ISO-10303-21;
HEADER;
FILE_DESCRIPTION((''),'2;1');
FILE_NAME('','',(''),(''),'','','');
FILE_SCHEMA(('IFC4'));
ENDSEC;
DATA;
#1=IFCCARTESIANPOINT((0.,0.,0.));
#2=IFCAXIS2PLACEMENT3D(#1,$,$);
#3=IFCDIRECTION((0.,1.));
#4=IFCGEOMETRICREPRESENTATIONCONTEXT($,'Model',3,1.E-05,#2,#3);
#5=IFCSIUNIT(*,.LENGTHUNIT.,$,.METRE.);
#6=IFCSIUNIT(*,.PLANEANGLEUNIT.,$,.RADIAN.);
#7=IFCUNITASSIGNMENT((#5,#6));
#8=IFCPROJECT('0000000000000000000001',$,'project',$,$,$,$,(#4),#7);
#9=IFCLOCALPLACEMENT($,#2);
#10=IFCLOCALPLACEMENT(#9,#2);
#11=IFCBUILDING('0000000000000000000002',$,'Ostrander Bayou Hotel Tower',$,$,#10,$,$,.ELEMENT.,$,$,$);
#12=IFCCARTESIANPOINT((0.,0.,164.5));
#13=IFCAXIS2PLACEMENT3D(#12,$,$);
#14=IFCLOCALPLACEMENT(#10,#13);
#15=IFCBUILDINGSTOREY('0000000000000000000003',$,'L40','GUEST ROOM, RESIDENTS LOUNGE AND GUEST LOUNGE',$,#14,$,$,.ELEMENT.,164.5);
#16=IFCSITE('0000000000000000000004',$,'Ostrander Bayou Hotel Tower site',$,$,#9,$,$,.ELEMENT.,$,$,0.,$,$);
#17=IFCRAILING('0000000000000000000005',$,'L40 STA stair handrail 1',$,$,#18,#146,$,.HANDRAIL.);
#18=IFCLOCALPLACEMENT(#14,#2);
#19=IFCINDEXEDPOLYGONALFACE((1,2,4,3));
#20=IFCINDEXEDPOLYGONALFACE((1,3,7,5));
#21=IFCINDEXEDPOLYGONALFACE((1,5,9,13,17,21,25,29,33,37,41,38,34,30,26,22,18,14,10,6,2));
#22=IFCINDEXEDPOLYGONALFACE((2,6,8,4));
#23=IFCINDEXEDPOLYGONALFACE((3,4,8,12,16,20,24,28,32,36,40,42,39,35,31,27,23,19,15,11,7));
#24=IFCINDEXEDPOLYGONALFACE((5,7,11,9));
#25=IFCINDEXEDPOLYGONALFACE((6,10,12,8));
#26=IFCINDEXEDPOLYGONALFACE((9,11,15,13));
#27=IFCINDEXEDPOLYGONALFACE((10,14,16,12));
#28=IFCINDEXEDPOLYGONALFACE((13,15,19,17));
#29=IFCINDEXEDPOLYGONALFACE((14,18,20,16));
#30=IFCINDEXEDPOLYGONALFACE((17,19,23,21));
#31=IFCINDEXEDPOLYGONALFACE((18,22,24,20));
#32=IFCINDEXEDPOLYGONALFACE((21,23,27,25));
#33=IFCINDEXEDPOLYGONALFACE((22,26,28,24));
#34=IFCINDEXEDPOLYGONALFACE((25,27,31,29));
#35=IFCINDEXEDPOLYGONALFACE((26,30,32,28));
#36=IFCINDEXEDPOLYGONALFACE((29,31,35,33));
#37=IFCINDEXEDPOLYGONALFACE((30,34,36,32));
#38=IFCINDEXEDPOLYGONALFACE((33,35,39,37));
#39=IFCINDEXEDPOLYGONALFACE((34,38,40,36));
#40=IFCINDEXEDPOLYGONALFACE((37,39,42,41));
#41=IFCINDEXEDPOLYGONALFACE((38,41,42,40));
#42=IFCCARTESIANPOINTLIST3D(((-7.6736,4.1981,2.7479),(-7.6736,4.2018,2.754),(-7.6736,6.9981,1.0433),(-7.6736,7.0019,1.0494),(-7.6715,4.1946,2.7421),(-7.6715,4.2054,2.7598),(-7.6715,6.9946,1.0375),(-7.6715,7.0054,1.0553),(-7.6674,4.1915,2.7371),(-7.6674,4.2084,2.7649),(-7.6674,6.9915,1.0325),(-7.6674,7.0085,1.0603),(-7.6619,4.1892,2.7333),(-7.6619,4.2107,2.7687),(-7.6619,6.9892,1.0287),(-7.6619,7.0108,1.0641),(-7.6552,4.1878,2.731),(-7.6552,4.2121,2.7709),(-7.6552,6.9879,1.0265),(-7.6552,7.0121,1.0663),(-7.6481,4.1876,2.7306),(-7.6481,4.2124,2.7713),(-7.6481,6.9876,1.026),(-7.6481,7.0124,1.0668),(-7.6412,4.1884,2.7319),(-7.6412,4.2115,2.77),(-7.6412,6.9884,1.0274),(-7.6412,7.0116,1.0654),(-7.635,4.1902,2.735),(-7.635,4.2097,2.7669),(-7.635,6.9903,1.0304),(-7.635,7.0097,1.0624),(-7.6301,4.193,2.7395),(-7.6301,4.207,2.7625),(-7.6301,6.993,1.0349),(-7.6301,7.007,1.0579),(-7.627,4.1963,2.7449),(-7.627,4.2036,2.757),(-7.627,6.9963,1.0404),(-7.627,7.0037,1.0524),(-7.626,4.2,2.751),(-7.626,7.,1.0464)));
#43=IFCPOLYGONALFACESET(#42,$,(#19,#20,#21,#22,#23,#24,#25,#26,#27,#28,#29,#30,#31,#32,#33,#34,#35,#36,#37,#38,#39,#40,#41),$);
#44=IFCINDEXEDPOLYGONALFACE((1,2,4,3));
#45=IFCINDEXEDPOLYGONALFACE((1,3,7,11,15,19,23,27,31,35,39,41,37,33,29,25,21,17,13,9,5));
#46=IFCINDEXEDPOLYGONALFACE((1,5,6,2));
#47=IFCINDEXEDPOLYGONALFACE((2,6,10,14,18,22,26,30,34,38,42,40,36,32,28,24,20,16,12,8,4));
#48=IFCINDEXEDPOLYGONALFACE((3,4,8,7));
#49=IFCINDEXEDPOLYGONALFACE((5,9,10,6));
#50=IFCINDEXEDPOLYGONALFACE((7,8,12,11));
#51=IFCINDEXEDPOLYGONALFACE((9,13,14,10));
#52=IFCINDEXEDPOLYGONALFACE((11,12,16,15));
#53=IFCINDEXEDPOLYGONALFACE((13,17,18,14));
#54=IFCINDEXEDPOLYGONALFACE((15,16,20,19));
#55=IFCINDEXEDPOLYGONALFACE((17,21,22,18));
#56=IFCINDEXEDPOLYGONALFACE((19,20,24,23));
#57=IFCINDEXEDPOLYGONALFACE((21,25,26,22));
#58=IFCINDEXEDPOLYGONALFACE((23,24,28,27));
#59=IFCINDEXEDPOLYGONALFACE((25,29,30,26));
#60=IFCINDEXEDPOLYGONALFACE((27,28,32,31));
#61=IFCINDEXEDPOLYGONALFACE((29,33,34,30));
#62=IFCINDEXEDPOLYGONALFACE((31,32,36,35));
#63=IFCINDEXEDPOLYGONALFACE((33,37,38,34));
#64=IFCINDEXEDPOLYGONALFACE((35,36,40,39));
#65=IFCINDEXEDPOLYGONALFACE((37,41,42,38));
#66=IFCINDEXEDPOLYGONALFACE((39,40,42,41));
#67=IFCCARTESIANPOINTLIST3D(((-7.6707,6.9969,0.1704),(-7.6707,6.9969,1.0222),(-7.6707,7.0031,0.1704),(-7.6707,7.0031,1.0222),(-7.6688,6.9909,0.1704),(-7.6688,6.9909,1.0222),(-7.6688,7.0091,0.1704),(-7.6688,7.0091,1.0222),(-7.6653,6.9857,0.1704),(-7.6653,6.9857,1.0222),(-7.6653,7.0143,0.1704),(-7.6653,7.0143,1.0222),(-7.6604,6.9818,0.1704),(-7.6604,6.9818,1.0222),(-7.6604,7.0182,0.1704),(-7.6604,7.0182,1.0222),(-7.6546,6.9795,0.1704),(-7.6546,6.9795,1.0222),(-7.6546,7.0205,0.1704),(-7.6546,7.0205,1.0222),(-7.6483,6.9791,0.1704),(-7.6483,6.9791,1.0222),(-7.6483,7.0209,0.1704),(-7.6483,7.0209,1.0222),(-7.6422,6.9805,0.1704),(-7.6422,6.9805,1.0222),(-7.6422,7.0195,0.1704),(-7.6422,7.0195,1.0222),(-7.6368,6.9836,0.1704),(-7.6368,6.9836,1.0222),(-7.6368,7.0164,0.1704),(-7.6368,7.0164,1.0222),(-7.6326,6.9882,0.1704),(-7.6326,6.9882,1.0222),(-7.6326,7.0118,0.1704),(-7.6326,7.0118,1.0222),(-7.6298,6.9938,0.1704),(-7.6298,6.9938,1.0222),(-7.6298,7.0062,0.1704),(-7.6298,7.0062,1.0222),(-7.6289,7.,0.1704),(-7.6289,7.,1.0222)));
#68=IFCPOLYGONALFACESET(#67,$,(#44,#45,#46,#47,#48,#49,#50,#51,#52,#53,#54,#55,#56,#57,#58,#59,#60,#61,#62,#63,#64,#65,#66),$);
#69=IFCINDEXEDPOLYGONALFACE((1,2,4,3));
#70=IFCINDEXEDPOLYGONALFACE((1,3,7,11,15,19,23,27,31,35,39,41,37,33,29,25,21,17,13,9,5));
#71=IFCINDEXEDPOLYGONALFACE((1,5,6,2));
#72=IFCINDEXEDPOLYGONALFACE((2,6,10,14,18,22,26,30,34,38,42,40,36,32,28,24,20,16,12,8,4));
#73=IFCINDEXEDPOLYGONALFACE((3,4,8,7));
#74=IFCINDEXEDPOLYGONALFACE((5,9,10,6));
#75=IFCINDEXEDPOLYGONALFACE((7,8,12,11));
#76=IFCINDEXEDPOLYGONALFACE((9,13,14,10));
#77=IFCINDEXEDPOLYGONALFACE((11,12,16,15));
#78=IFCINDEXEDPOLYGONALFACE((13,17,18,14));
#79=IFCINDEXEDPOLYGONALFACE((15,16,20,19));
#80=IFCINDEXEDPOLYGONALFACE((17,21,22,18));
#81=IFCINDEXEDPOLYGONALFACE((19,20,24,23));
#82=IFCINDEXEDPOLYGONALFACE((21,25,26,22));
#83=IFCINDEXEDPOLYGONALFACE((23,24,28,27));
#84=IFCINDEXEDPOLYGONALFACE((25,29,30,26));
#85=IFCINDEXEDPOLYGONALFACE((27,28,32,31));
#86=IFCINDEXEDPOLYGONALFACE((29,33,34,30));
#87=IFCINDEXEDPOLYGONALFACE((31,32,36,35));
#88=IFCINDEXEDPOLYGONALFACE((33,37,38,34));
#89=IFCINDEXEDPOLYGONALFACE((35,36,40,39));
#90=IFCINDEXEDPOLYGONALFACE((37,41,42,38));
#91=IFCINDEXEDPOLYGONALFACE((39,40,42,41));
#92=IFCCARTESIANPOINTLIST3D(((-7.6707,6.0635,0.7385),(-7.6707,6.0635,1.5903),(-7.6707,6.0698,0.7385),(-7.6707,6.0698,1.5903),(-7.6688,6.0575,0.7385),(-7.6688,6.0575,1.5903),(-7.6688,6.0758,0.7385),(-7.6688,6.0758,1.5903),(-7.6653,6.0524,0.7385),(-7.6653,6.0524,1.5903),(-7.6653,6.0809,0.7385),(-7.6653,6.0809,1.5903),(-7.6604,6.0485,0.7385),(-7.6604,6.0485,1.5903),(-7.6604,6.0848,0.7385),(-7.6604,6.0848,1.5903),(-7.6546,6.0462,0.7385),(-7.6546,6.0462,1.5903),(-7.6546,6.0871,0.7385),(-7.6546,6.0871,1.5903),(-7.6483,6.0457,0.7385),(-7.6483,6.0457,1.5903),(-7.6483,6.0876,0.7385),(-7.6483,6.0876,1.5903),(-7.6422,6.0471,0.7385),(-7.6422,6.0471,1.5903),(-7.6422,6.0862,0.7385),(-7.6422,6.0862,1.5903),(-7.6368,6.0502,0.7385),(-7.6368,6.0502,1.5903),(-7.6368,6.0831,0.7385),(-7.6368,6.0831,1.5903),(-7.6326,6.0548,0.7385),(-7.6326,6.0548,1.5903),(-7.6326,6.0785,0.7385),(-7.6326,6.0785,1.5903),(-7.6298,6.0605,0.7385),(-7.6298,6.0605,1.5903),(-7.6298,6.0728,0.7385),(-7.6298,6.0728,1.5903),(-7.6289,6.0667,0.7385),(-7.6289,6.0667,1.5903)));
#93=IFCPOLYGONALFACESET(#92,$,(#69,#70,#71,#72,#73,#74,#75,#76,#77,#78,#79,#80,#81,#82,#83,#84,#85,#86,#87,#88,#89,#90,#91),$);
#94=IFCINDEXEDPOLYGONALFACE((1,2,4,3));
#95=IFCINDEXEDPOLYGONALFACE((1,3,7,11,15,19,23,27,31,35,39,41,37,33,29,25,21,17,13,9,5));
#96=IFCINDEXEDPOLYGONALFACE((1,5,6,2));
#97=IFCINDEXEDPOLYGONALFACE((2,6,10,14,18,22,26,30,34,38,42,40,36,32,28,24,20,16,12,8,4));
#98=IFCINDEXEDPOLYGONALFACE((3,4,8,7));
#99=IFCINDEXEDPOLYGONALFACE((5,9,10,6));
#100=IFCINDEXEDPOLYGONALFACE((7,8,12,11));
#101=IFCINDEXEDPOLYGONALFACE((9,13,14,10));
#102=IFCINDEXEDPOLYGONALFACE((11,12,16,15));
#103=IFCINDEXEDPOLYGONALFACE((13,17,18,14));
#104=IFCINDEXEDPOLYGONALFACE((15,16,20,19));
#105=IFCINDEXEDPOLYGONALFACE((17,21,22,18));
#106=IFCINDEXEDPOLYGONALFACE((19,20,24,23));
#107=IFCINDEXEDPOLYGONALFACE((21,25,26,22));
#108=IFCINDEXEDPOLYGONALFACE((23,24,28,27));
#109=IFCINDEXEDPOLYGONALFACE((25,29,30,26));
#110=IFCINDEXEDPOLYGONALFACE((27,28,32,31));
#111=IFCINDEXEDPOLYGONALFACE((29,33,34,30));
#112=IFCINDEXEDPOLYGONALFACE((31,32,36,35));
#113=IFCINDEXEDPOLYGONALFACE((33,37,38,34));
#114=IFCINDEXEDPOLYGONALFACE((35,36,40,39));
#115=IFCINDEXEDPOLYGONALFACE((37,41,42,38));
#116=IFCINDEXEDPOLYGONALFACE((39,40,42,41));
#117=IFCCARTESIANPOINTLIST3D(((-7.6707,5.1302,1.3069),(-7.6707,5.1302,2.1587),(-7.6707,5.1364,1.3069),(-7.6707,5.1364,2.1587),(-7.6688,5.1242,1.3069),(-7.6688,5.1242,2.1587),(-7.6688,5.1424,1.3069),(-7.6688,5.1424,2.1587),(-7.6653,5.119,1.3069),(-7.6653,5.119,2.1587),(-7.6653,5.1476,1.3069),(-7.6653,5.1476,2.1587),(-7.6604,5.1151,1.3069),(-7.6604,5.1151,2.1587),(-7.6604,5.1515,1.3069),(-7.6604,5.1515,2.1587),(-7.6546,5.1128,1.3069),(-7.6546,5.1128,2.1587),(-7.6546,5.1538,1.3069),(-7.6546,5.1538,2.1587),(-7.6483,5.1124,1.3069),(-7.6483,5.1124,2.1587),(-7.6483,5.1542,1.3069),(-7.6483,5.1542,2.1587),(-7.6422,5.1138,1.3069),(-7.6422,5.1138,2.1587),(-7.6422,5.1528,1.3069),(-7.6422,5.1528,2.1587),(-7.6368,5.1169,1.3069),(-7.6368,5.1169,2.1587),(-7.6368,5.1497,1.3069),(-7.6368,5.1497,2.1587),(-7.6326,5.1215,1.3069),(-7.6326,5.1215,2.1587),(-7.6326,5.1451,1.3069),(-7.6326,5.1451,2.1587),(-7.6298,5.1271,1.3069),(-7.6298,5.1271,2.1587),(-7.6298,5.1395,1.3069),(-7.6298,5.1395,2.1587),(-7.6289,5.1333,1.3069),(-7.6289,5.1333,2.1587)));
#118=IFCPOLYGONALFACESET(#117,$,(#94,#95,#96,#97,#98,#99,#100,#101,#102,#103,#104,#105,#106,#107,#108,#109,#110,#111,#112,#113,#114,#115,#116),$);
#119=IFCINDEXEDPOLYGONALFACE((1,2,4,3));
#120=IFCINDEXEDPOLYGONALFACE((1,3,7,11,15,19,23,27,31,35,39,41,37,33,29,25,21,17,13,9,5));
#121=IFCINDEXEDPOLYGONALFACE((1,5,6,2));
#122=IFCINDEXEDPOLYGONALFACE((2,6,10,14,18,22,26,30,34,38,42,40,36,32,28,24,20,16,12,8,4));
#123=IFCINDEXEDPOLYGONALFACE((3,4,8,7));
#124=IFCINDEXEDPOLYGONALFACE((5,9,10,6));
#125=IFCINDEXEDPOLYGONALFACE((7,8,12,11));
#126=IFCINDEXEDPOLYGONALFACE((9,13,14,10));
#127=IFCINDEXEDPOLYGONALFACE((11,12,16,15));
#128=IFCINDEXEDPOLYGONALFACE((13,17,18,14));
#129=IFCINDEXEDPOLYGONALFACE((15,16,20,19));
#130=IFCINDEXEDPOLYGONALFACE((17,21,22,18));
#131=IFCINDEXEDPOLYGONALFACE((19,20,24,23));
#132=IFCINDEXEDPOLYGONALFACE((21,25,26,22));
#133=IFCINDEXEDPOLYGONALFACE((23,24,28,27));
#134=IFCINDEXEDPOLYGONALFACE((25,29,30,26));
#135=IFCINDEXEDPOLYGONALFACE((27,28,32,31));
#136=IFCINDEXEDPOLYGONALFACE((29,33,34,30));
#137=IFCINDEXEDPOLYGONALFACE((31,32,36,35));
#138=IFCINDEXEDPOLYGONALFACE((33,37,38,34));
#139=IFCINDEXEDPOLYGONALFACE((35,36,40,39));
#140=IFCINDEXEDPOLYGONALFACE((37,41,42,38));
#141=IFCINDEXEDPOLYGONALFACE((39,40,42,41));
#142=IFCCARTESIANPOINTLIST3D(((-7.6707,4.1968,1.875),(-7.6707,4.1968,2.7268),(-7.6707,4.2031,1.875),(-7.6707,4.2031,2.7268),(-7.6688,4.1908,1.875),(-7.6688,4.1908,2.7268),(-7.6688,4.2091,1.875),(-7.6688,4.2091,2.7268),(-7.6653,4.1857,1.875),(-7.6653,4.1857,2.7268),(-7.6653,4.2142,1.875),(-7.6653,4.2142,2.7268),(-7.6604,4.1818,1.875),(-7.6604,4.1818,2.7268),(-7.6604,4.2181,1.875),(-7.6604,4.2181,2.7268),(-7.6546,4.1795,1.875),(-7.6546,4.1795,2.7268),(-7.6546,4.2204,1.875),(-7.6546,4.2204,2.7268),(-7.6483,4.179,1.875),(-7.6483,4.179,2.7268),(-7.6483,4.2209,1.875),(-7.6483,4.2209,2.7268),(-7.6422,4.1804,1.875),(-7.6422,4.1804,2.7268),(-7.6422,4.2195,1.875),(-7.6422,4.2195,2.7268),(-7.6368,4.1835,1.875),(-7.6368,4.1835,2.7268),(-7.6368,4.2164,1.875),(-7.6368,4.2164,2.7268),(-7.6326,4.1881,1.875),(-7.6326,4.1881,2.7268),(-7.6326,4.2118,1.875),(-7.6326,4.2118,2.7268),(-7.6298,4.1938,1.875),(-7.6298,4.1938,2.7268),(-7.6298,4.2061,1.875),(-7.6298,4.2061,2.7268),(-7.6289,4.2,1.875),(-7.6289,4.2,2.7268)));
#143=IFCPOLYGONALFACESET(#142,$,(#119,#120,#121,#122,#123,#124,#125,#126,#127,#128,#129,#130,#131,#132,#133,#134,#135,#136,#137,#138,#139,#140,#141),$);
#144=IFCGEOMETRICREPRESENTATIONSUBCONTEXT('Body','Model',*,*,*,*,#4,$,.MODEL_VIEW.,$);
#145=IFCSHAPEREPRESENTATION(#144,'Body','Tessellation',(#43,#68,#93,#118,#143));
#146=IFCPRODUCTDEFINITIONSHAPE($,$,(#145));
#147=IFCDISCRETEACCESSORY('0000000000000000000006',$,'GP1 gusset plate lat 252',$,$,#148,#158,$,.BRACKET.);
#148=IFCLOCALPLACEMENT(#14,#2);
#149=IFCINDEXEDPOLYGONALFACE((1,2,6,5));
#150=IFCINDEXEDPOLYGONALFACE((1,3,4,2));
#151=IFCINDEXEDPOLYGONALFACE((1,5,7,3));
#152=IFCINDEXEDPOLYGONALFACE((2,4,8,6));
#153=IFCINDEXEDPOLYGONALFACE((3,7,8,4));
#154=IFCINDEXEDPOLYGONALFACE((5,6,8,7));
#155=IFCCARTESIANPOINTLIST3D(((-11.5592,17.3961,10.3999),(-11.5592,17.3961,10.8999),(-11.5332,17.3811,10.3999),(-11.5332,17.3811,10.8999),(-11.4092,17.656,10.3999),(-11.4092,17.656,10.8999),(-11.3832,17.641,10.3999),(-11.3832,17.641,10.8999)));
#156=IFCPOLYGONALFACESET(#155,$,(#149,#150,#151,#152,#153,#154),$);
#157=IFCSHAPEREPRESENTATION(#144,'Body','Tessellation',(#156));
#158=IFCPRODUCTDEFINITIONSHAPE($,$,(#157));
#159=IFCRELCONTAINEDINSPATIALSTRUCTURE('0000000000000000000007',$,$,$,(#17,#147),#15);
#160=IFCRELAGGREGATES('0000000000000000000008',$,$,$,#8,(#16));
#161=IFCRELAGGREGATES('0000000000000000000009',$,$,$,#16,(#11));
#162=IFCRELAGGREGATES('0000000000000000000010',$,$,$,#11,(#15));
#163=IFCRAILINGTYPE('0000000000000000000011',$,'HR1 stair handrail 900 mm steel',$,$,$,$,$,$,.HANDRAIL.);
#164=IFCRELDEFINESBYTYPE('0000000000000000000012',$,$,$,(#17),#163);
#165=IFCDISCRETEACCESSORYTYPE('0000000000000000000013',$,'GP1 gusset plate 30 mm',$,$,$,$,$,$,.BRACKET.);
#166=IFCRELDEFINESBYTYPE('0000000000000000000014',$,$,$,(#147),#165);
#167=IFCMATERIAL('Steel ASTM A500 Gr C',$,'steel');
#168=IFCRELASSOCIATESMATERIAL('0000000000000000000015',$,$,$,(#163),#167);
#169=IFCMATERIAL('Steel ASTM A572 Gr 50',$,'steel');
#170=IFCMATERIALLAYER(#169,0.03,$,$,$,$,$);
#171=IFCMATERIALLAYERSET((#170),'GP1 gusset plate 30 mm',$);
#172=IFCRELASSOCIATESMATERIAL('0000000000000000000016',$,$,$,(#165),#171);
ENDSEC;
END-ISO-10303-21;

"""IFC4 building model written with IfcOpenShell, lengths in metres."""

from ifc_helpers import new_model, si_unit, direction, frame, origin, origin_2d, place, context, subcontext, project, spatial, rectangle, circle, extrude, material, layer, layer_set, type_object, element, save


model = new_model("IFC4")

# Units and contexts
model_context = context("Model", 3, precision=1e-05, world=origin(), true_north=direction((0.0, 1.0)))
body_context = subcontext(model_context, "Body", "Model", "MODEL_VIEW")
ifc_project = project(units=[si_unit("LENGTHUNIT", "METRE"), si_unit("PLANEANGLEUNIT", "RADIAN")], contexts=[model_context])

# Site, building, storey
site_placement = place(None, origin())
site = spatial("IfcSite", under=ifc_project, at=site_placement, Name="Ostrander Bayou Hotel Tower site", CompositionType="ELEMENT", RefElevation=0.0)
building_placement = place(site_placement, origin())
building = spatial("IfcBuilding", under=site, at=building_placement, Name="Ostrander Bayou Hotel Tower", CompositionType="ELEMENT")
storey_placement = place(building_placement, frame((0.0, 0.0, 164.5)))
storey = spatial("IfcBuildingStorey", under=building, at=storey_placement, Name="L40", Description="GUEST ROOM, RESIDENTS LOUNGE AND GUEST LOUNGE", CompositionType="ELEMENT", Elevation=164.5)

# Railing
ifc_material_1 = material(Name="Steel ASTM A500 Gr C", Category="steel")
railing_type_1 = type_object("IfcRailingType", Name="HR1 stair handrail 900 mm steel", PredefinedType="HANDRAIL", material=ifc_material_1)
railing_1_placement = place(storey_placement, frame((-7.6499, 7.0, 0.1704)))
element("IfcRailing", 1, at=railing_1_placement, inside=storey, type_object=railing_type_1, Name="L40 STA stair handrail 1", PredefinedType="HANDRAIL", context=body_context, shape_type="SweptSolid", body=[
    extrude(circle(Radius=0.0239, at=origin_2d()), frame((0.0, 0.0, 0.876), z_axis=(0.0, -0.85417, 0.519994), x_axis=(1.0, 0.0, 0.0)), (0.0, 0.0, 1.0), 3.2781),
    extrude(circle(Radius=0.021, at=origin_2d()), origin(), (0.0, 0.0, 1.0), 0.8518),
    extrude(circle(Radius=0.021, at=origin_2d()), frame((0.0, -0.9333, 0.5681)), (0.0, 0.0, 1.0), 0.8518),
    extrude(circle(Radius=0.021, at=origin_2d()), frame((0.0, -1.8667, 1.1365)), (0.0, 0.0, 1.0), 0.8518),
    extrude(circle(Radius=0.021, at=origin_2d()), frame((0.0, -2.8, 1.7046)), (0.0, 0.0, 1.0), 0.8518),
])

# Discrete accessory
ifc_material_2 = material(Name="Steel ASTM A572 Gr 50", Category="steel")
ifc_layer_1 = layer(ifc_material_2, 0.03)
ifc_layer_set_1 = layer_set([ifc_layer_1], Name="GP1 gusset plate 30 mm")
discrete_accessory_type = type_object("IfcDiscreteAccessoryType", Name="GP1 gusset plate 30 mm", PredefinedType="BRACKET", material=ifc_layer_set_1)
discrete_accessory_placement = place(storey_placement, frame((-11.4712, 17.5186, 10.3999), z_axis=(0.0, 0.0, 1.0), x_axis=(-0.5, -0.866025, 0.0)))
element("IfcDiscreteAccessory", 2, at=discrete_accessory_placement, inside=storey, type_object=discrete_accessory_type, Name="GP1 gusset plate lat 252", PredefinedType="BRACKET", context=body_context, shape_type="SweptSolid", body=[
    extrude(rectangle(XDim=0.3, YDim=0.03, at=origin_2d()), origin(), (0.0, 0.0, 1.0), 0.5),
])

save(model, "model.ifc")
